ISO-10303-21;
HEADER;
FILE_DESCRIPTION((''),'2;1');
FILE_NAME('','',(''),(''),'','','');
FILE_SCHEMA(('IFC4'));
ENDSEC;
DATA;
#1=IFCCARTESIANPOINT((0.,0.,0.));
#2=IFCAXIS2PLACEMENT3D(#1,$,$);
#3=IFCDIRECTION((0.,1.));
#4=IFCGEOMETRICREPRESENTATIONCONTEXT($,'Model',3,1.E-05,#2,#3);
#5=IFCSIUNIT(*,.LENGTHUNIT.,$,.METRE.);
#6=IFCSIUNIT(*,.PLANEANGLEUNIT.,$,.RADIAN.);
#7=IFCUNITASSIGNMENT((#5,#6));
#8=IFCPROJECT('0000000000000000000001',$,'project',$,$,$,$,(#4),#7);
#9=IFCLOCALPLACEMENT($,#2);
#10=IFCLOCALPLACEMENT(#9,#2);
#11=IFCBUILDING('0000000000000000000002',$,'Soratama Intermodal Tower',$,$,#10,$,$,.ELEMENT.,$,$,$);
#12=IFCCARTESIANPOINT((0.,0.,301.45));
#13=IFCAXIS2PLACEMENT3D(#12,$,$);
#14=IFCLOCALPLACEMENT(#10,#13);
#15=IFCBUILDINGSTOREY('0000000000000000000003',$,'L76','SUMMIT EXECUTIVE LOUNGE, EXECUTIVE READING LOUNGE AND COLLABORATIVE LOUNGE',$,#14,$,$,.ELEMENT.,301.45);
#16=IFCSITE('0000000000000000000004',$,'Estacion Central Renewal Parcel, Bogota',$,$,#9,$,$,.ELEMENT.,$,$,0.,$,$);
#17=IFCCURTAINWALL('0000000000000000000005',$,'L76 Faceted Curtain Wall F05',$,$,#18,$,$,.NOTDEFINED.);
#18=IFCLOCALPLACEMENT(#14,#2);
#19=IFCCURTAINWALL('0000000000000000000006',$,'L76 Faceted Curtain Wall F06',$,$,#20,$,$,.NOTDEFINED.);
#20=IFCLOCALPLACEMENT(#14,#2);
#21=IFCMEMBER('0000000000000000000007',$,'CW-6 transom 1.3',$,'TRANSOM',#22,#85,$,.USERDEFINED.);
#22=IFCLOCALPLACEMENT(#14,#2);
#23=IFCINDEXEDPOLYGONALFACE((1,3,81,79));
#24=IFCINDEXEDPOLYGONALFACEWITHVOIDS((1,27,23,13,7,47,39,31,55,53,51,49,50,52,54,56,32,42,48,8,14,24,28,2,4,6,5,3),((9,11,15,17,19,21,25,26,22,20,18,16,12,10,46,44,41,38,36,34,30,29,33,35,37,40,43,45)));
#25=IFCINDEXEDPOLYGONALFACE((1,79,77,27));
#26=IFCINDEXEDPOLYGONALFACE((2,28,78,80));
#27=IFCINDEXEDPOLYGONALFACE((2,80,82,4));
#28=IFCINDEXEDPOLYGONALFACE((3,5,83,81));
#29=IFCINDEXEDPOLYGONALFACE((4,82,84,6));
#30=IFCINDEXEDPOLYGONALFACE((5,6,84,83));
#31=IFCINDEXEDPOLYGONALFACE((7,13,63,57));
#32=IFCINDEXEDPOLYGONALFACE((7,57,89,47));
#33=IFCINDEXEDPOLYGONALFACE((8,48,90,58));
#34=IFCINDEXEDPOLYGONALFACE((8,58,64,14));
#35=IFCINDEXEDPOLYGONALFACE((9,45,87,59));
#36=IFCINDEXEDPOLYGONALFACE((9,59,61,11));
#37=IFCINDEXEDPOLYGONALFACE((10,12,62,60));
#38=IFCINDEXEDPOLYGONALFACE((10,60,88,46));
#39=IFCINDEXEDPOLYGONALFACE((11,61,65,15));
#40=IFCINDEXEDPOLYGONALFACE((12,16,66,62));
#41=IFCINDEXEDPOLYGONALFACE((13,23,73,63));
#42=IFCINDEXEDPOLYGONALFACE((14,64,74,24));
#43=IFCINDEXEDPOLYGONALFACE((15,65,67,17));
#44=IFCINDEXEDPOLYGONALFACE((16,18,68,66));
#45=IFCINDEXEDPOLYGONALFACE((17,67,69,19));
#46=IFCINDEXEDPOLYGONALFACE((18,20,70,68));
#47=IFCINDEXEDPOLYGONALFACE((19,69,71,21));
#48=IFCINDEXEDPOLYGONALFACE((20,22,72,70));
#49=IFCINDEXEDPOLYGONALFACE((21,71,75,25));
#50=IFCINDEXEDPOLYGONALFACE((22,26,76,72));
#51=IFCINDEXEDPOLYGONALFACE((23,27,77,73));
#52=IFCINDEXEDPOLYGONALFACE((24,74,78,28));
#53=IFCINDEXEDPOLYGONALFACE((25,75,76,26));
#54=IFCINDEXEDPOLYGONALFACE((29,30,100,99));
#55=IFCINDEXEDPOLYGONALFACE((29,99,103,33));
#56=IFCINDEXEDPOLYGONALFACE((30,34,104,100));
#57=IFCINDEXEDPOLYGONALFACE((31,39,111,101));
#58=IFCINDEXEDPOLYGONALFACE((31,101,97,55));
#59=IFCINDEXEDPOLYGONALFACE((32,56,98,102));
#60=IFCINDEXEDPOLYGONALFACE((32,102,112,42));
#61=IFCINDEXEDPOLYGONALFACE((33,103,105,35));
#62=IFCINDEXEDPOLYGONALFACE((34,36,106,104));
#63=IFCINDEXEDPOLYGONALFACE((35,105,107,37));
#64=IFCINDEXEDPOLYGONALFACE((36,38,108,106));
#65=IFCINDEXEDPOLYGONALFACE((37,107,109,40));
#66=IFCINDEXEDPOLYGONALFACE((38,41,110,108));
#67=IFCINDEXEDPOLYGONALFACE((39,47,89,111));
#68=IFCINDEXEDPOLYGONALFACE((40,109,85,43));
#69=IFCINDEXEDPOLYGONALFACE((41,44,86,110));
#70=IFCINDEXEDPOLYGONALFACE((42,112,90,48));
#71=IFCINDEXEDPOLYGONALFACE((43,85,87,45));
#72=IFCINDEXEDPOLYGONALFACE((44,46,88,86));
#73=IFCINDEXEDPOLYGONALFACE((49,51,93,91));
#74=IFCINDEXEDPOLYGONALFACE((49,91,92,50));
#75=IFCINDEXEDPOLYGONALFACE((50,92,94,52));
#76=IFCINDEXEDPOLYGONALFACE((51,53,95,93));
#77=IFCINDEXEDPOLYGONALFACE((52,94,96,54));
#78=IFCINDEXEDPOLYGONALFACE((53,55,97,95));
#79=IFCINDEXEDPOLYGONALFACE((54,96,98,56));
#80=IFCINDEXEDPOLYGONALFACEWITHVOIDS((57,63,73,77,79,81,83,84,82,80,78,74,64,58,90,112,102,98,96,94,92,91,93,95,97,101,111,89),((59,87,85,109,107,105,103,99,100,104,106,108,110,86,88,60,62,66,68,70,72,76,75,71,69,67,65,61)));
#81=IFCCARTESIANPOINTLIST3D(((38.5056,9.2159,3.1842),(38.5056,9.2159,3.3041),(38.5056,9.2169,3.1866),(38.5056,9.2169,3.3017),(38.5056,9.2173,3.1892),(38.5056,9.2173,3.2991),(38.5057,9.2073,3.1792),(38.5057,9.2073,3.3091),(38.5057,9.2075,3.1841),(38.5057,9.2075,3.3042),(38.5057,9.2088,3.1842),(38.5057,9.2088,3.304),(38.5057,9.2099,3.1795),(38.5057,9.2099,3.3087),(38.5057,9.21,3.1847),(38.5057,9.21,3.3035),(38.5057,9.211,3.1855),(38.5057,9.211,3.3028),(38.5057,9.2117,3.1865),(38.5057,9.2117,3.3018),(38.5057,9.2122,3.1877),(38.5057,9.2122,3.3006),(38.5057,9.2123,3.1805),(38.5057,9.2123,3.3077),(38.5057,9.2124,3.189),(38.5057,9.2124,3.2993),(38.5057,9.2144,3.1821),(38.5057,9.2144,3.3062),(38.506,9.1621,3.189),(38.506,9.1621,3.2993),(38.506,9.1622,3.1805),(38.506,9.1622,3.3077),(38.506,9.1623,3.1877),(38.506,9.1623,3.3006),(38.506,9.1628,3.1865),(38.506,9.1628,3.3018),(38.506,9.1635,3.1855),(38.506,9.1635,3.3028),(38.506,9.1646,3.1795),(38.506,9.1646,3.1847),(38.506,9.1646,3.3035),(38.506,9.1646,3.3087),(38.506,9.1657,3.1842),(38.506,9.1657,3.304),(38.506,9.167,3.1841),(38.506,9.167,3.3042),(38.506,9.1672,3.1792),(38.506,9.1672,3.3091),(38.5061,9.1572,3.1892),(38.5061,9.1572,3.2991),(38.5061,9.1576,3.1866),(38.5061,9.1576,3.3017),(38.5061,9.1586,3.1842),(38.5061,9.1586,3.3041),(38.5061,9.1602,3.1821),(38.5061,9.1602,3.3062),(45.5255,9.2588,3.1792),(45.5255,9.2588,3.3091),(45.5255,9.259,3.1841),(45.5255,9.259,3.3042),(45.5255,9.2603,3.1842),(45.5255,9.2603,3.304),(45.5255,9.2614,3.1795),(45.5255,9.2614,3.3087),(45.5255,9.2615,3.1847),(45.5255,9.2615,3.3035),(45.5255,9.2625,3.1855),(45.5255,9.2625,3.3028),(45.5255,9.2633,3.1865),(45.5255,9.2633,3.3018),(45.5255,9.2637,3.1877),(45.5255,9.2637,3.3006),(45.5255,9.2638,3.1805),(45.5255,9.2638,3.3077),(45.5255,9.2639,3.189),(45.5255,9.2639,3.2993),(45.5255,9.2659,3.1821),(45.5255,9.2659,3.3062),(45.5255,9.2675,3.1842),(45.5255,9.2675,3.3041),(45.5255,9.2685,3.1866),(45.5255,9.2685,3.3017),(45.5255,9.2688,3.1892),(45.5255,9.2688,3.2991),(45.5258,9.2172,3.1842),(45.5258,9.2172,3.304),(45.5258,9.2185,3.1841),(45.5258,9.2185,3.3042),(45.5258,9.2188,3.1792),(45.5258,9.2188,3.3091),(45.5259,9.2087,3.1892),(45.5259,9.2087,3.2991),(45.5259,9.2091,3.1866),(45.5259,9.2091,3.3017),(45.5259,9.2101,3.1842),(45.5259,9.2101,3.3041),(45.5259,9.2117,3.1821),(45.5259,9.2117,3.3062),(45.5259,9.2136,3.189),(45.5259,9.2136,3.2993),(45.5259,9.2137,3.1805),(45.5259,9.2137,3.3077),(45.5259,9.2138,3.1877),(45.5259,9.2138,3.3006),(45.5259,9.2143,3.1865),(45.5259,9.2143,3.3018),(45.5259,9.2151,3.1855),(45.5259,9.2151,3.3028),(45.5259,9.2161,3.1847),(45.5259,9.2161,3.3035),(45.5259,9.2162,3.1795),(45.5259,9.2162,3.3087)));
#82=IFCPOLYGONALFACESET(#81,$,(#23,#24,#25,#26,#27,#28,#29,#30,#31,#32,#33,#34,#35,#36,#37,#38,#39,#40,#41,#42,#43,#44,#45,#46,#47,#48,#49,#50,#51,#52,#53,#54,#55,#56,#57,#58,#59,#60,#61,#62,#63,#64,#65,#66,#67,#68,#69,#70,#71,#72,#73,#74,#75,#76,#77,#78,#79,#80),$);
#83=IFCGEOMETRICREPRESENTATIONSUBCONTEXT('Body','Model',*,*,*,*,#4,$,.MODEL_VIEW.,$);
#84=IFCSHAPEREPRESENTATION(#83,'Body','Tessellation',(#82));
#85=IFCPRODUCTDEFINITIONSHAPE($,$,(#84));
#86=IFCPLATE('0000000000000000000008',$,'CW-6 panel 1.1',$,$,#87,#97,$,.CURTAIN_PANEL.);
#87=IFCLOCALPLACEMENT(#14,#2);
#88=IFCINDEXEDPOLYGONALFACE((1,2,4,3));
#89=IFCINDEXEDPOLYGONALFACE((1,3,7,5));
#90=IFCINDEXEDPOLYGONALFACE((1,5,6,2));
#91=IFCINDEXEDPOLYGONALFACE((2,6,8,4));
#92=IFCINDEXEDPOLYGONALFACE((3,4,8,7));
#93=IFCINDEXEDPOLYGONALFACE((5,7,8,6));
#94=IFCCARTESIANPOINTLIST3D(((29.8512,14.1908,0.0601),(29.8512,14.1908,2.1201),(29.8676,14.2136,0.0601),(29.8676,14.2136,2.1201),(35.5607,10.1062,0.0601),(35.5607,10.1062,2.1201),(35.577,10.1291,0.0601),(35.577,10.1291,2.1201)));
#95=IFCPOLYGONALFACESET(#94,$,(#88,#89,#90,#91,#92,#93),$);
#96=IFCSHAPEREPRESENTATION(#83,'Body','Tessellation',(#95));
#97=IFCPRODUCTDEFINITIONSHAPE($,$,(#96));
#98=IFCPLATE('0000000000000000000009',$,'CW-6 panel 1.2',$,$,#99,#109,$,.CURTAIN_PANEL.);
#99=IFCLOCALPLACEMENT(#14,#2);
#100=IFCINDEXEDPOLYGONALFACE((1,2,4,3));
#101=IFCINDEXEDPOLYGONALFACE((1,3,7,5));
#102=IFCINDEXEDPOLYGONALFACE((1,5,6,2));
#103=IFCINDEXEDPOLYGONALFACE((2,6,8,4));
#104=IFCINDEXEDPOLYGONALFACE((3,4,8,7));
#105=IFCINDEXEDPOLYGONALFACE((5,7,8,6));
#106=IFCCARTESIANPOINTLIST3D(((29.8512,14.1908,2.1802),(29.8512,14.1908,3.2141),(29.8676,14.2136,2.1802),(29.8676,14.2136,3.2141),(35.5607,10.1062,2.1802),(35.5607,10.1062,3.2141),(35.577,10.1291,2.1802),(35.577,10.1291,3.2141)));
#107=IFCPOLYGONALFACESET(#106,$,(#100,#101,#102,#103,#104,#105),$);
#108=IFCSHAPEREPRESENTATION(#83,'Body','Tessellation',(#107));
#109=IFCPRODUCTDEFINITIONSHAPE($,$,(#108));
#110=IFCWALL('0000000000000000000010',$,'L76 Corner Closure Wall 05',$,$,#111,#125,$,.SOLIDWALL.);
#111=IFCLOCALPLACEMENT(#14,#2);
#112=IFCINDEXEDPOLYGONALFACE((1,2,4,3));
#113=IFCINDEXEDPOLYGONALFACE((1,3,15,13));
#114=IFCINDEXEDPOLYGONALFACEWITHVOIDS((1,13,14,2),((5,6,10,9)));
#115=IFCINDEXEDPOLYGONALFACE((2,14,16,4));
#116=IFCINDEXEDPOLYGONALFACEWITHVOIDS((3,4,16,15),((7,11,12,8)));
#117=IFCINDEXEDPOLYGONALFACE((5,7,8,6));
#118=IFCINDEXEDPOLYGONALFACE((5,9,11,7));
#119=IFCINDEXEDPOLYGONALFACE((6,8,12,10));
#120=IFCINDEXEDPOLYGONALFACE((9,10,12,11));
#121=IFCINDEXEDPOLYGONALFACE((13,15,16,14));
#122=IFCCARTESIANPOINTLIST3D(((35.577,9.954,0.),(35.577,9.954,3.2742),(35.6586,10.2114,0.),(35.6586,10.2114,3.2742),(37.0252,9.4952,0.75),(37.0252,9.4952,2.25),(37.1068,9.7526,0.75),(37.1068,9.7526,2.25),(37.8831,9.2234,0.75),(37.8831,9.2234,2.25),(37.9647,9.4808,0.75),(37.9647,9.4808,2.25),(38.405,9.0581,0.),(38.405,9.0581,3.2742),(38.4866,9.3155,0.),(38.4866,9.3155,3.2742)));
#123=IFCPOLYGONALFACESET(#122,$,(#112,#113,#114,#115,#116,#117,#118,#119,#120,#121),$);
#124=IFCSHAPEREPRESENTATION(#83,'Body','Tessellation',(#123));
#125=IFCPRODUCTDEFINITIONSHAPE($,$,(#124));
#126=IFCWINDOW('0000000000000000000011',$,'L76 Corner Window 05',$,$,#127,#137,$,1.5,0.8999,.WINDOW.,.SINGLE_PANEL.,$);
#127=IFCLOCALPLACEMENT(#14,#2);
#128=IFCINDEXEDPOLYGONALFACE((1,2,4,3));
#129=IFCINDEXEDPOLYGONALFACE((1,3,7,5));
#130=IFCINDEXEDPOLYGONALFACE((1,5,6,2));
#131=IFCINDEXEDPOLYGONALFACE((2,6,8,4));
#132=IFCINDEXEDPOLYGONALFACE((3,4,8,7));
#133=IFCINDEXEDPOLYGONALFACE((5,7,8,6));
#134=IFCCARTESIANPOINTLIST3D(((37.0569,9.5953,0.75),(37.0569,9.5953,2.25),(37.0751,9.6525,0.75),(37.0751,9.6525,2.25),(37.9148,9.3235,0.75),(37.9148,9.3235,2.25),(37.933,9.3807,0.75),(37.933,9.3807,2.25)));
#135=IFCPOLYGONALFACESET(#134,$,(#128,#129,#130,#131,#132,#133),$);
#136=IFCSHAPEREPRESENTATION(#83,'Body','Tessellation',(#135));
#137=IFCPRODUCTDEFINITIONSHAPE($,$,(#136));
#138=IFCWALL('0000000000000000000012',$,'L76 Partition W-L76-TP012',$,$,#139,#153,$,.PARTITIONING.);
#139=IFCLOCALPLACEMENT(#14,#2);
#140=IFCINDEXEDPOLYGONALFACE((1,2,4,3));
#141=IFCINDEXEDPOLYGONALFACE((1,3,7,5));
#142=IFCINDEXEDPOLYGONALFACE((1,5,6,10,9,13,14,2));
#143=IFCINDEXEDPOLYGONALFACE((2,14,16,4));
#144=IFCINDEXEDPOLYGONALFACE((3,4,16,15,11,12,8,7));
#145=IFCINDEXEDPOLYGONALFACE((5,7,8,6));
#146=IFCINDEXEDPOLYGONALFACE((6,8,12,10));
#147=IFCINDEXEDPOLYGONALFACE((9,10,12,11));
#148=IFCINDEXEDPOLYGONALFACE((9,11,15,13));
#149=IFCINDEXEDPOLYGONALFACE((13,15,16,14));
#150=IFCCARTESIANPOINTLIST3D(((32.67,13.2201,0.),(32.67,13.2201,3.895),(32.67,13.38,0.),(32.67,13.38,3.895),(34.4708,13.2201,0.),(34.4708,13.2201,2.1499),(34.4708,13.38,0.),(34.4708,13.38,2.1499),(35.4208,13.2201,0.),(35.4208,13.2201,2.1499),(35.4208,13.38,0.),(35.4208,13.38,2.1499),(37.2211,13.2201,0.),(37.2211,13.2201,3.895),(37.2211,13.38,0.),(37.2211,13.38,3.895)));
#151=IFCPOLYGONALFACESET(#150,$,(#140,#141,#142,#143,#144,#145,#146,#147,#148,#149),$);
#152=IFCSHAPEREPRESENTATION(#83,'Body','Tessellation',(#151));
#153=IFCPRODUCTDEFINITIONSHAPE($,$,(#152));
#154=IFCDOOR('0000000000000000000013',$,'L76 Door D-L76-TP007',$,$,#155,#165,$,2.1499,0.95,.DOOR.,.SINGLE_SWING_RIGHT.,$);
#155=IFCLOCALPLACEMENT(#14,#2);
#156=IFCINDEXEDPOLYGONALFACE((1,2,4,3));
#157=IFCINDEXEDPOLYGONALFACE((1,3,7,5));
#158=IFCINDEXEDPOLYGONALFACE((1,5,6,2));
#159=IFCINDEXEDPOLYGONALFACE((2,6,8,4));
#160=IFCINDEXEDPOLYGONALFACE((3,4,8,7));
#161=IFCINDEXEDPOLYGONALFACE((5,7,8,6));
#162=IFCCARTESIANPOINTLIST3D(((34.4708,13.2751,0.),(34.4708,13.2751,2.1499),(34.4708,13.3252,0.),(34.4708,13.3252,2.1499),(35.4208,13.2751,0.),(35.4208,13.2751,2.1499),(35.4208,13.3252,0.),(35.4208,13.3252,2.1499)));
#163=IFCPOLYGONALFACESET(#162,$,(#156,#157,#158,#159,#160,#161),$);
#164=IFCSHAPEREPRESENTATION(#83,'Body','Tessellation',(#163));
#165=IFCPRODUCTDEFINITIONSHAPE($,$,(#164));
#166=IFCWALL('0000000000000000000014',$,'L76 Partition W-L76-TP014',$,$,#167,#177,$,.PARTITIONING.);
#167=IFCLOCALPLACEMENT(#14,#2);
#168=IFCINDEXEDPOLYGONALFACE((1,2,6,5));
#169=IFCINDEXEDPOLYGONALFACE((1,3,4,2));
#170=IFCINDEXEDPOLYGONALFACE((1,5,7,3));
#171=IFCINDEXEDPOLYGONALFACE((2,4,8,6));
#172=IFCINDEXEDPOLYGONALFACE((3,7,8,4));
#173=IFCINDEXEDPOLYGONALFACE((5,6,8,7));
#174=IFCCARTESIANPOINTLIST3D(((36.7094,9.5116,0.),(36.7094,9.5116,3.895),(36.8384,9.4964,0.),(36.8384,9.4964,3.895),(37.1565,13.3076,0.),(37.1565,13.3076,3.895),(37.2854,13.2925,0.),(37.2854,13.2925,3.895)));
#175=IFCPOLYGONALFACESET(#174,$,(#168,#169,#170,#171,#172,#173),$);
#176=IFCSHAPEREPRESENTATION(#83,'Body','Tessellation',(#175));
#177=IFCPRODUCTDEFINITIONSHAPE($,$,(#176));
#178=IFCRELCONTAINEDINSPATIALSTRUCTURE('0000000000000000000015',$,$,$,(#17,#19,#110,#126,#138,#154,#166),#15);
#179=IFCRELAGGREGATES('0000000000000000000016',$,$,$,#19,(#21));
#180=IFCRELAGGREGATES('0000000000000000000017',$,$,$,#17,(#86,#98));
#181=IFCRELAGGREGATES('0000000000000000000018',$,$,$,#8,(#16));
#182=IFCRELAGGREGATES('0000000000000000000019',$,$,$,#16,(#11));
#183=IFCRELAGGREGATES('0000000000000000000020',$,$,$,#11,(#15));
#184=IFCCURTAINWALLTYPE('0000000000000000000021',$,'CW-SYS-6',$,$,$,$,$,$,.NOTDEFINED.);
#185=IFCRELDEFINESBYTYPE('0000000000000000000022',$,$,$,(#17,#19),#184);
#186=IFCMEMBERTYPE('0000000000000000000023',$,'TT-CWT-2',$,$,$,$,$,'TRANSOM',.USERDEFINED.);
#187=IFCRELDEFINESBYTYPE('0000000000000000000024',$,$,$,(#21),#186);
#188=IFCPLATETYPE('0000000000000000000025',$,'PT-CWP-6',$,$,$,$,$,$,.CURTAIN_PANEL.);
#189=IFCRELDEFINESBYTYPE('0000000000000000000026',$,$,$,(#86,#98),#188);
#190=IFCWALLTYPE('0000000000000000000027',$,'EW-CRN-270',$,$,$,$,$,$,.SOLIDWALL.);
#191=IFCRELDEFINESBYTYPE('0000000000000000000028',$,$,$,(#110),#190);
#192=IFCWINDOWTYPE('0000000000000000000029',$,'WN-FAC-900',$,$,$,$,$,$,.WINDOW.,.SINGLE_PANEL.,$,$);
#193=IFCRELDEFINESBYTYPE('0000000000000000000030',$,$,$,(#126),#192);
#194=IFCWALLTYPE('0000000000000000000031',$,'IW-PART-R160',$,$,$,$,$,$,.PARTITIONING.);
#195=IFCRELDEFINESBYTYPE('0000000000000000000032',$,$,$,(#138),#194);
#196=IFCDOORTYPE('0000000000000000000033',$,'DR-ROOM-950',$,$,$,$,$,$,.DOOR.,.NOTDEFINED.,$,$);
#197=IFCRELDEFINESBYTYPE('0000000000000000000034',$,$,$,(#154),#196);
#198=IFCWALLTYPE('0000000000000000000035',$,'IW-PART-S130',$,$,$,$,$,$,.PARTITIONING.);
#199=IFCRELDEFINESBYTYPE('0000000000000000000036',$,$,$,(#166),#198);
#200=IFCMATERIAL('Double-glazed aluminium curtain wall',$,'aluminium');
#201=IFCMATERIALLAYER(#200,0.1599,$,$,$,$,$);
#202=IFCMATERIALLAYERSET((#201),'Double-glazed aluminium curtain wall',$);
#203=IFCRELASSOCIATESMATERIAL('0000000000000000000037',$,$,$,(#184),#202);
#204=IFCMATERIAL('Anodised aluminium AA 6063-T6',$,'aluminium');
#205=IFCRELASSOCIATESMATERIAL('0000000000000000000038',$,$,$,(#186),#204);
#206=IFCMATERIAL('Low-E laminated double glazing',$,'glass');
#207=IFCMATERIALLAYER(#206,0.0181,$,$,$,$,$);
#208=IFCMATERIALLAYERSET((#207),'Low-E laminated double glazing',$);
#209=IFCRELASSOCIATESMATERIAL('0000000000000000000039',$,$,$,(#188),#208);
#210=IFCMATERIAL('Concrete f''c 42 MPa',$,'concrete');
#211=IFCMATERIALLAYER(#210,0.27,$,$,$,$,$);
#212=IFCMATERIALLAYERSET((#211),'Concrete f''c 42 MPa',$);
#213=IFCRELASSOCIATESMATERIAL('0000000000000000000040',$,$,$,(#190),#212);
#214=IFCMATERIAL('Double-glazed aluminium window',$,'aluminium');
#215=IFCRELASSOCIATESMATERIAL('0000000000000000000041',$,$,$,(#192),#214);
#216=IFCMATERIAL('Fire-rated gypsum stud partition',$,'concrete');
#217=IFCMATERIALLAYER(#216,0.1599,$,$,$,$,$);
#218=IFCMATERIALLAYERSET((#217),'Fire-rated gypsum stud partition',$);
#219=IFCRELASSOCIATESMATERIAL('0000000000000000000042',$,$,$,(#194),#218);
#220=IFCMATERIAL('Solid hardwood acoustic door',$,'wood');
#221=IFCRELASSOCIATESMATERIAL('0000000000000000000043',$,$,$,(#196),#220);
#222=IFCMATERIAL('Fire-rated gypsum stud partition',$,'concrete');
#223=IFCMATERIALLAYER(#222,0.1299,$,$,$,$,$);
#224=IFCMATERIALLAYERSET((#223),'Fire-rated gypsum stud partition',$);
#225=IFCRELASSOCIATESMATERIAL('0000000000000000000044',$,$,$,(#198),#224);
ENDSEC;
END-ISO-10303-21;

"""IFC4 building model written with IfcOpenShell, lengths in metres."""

from ifc_helpers import new_model, si_unit, direction, frame, frame_2d, origin, origin_2d, place, context, subcontext, project, spatial, rectangle, hollow_rectangle, extrude, material, layer, layer_set, material_profile, profile_set, type_object, element, fill, aggregate, save


model = new_model("IFC4")

# Units and contexts
model_context = context("Model", 3, precision=1e-05, world=origin(), true_north=direction((0.0, 1.0)))
body_context = subcontext(model_context, "Body", "Model", "MODEL_VIEW")
ifc_project = project(units=[si_unit("LENGTHUNIT", "METRE"), si_unit("PLANEANGLEUNIT", "RADIAN")], contexts=[model_context])

# Site, building, storey
site_placement = place(None, origin())
site = spatial("IfcSite", under=ifc_project, at=site_placement, Name="Estacion Central Renewal Parcel, Bogota", CompositionType="ELEMENT", RefElevation=0.0)
building_placement = place(site_placement, origin())
building = spatial("IfcBuilding", under=site, at=building_placement, Name="Soratama Intermodal Tower", CompositionType="ELEMENT")
storey_placement = place(building_placement, frame((0.0, 0.0, 301.45)))
storey = spatial("IfcBuildingStorey", under=building, at=storey_placement, Name="L76", Description="SUMMIT EXECUTIVE LOUNGE, EXECUTIVE READING LOUNGE AND COLLABORATIVE LOUNGE", CompositionType="ELEMENT", Elevation=301.45)

# Curtain wall
ifc_material_1 = material(Name="Double-glazed aluminium curtain wall", Category="aluminium")
ifc_layer_1 = layer(ifc_material_1, 0.1599)
ifc_layer_set_1 = layer_set([ifc_layer_1], Name="Double-glazed aluminium curtain wall")
curtain_wall_type = type_object("IfcCurtainWallType", Name="CW-SYS-6", PredefinedType="NOTDEFINED", material=ifc_layer_set_1)
curtain_wall_1_placement = place(storey_placement, origin())
curtain_wall_1 = element("IfcCurtainWall", 1, at=curtain_wall_1_placement, inside=storey, type_object=curtain_wall_type, Name="L76 Faceted Curtain Wall F05", PredefinedType="NOTDEFINED")

# Curtain wall, member
curtain_wall_2_placement = place(storey_placement, origin())
curtain_wall_2 = element("IfcCurtainWall", 2, at=curtain_wall_2_placement, inside=storey, type_object=curtain_wall_type, Name="L76 Faceted Curtain Wall F06", PredefinedType="NOTDEFINED")
ifc_material_2 = material(Name="Anodised aluminium AA 6063-T6", Category="aluminium")
ifc_material_profile_1 = material_profile(ifc_material_2, hollow_rectangle(XDim=0.0601, YDim=0.1299, WallThickness=0.0049, InnerFilletRadius=0.0049, OuterFilletRadius=0.01, at=origin_2d()), Name="CWT130X60X5")
ifc_profile_set_1 = profile_set([ifc_material_profile_1], Name="Anodised aluminium AA 6063-T6")
member_type_1 = type_object("IfcMemberType", Name="TT-CWT-2", ElementType="TRANSOM", PredefinedType="USERDEFINED", material=ifc_profile_set_1)
member_1_placement = place(storey_placement, frame((38.5059, 9.1873, 3.2441), z_axis=(0.999973, 0.007338, 0.0), x_axis=(-0.007338, 0.999973, 0.0)))
member_1 = element("IfcMember", 3, at=member_1_placement, type_object=member_type_1, Name="CW-6 transom 1.3", ObjectType="TRANSOM", PredefinedType="USERDEFINED", context=body_context, shape_type="SweptSolid", body=[
    extrude(hollow_rectangle(XDim=0.0601, YDim=0.1299, WallThickness=0.0049, InnerFilletRadius=0.0049, OuterFilletRadius=0.01, at=origin_2d()), origin(), (0.0, 0.0, 1.0), 7.02),
])
aggregate(curtain_wall_2, [member_1])

# Plates
ifc_material_3 = material(Name="Low-E laminated double glazing", Category="glass")
ifc_layer_2 = layer(ifc_material_3, 0.0181)
ifc_layer_set_2 = layer_set([ifc_layer_2], Name="Low-E laminated double glazing")
plate_type = type_object("IfcPlateType", Name="PT-CWP-6", PredefinedType="CURTAIN_PANEL", material=ifc_layer_set_2)
plate_1_placement = place(storey_placement, frame((32.7141, 12.1599, 0.0601), z_axis=(0.0, 0.0, 1.0), x_axis=(0.813305, -0.581838, 0.0)))
plate_1 = element("IfcPlate", 4, at=plate_1_placement, type_object=plate_type, Name="CW-6 panel 1.1", PredefinedType="CURTAIN_PANEL", context=body_context, shape_type="SweptSolid", body=[
    extrude(rectangle(XDim=7.02, YDim=0.0281, at=origin_2d()), origin(), (0.0, 0.0, 1.0), 2.0601),
])
plate_2_placement = place(storey_placement, frame((32.7141, 12.1599, 2.1802), z_axis=(0.0, 0.0, 1.0), x_axis=(0.813305, -0.581838, 0.0)))
plate_2 = element("IfcPlate", 5, at=plate_2_placement, type_object=plate_type, Name="CW-6 panel 1.2", PredefinedType="CURTAIN_PANEL", context=body_context, shape_type="SweptSolid", body=[
    extrude(rectangle(XDim=7.02, YDim=0.0281, at=origin_2d()), origin(), (0.0, 0.0, 1.0), 1.0339),
])
aggregate(curtain_wall_1, [plate_1, plate_2])

# Wall, opening, window
ifc_material_4 = material(Name="Concrete f'c 42 MPa", Category="concrete")
ifc_layer_3 = layer(ifc_material_4, 0.27)
ifc_layer_set_3 = layer_set([ifc_layer_3], Name="Concrete f'c 42 MPa")
wall_type_1 = type_object("IfcWallType", Name="EW-CRN-270", PredefinedType="SOLIDWALL", material=ifc_layer_set_3)
wall_1_placement = place(storey_placement, frame((35.6177, 10.0828, 0.0), z_axis=(0.0, 0.0, 1.0), x_axis=(0.953301, -0.302021, 0.0)))
wall_1 = element("IfcWall", 6, at=wall_1_placement, inside=storey, type_object=wall_type_1, Name="L76 Corner Closure Wall 05", PredefinedType="SOLIDWALL", context=body_context, shape_type="SweptSolid", body=[
    extrude(rectangle(XDim=2.9666, YDim=0.27, at=frame_2d((1.4834, 0.0))), origin(), (0.0, 0.0, 1.0), 3.2742),
])
opening_1_placement = place(wall_1_placement, frame((1.5193, 0.0, 0.75)))
opening_1 = element("IfcOpeningElement", 7, at=opening_1_placement, cuts=wall_1, PredefinedType="OPENING", context=body_context, shape_type="SweptSolid", body=[
    extrude(rectangle(XDim=0.8999, YDim=1.5, at=frame_2d((0.45, 0.75))), frame((0.0, 0.145, 0.0), z_axis=(0.0, -1.0, 0.0), x_axis=(1.0, 0.0, 0.0)), (0.0, 0.0, 1.0), 0.29),
])
ifc_material_5 = material(Name="Double-glazed aluminium window", Category="aluminium")
window_type = type_object("IfcWindowType", Name="WN-FAC-900", PartitioningType="SINGLE_PANEL", PredefinedType="WINDOW", material=ifc_material_5)
window_placement = place(opening_1_placement, origin())
window = element("IfcWindow", 8, at=window_placement, inside=storey, type_object=window_type, Name="L76 Corner Window 05", OverallHeight=1.5, OverallWidth=0.8999, PartitioningType="SINGLE_PANEL", PredefinedType="WINDOW", context=body_context, shape_type="SweptSolid", body=[
    extrude(rectangle(XDim=0.8999, YDim=1.5, at=frame_2d((0.45, 0.75))), frame((0.0, 0.03, 0.0), z_axis=(0.0, -1.0, 0.0), x_axis=(1.0, 0.0, 0.0)), (0.0, 0.0, 1.0), 0.0601),
])
fill(opening_1, window)

# Wall, opening, door
ifc_material_6 = material(Name="Fire-rated gypsum stud partition", Category="concrete")
ifc_layer_4 = layer(ifc_material_6, 0.1599)
ifc_layer_set_4 = layer_set([ifc_layer_4], Name="Fire-rated gypsum stud partition")
wall_type_2 = type_object("IfcWallType", Name="IW-PART-R160", PredefinedType="PARTITIONING", material=ifc_layer_set_4)
wall_2_placement = place(storey_placement, frame((37.2209, 13.3, 0.0), z_axis=(0.0, 0.0, 1.0), x_axis=(-1.0, 0.0, 0.0)))
wall_2 = element("IfcWall", 9, at=wall_2_placement, inside=storey, type_object=wall_type_2, Name="L76 Partition W-L76-TP012", PredefinedType="PARTITIONING", context=body_context, shape_type="SweptSolid", body=[
    extrude(rectangle(XDim=4.551, YDim=0.1599, at=frame_2d((2.2754, 0.0))), origin(), (0.0, 0.0, 1.0), 3.895),
])
opening_2_placement = place(wall_2_placement, frame((1.8, 0.0, 0.0)))
opening_2 = element("IfcOpeningElement", 10, at=opening_2_placement, cuts=wall_2, PredefinedType="OPENING", context=body_context, shape_type="SweptSolid", body=[
    extrude(rectangle(XDim=0.95, YDim=2.1499, at=frame_2d((0.4751, 1.075))), frame((0.0, 0.0898, 0.0), z_axis=(0.0, -1.0, 0.0), x_axis=(1.0, 0.0, 0.0)), (0.0, 0.0, 1.0), 0.1799),
])
ifc_material_7 = material(Name="Solid hardwood acoustic door", Category="wood")
door_type = type_object("IfcDoorType", Name="DR-ROOM-950", OperationType="NOTDEFINED", PredefinedType="DOOR", material=ifc_material_7)
door_placement = place(opening_2_placement, origin())
door = element("IfcDoor", 11, at=door_placement, inside=storey, type_object=door_type, Name="L76 Door D-L76-TP007", OperationType="SINGLE_SWING_RIGHT", OverallHeight=2.1499, OverallWidth=0.95, PredefinedType="DOOR", context=body_context, shape_type="SweptSolid", body=[
    extrude(rectangle(XDim=0.95, YDim=2.1499, at=frame_2d((0.4751, 1.075))), frame((0.0, 0.0249, 0.0), z_axis=(0.0, -1.0, 0.0), x_axis=(1.0, 0.0, 0.0)), (0.0, 0.0, 1.0), 0.05),
])
fill(opening_2, door)

# Wall
ifc_material_8 = material(Name="Fire-rated gypsum stud partition", Category="concrete")
ifc_layer_5 = layer(ifc_material_8, 0.1299)
ifc_layer_set_5 = layer_set([ifc_layer_5], Name="Fire-rated gypsum stud partition")
wall_type_3 = type_object("IfcWallType", Name="IW-PART-S130", PredefinedType="PARTITIONING", material=ifc_layer_set_5)
wall_3_placement = place(storey_placement, frame((37.2209, 13.3, 0.0), z_axis=(0.0, 0.0, 1.0), x_axis=(-0.116949, -0.993138, 0.0)))
element("IfcWall", 12, at=wall_3_placement, inside=storey, type_object=wall_type_3, Name="L76 Partition W-L76-TP014", PredefinedType="PARTITIONING", context=body_context, shape_type="SweptSolid", body=[
    extrude(rectangle(XDim=3.8223, YDim=0.1299, at=frame_2d((1.9111, 0.0))), origin(), (0.0, 0.0, 1.0), 3.895),
])

save(model, "model.ifc")
